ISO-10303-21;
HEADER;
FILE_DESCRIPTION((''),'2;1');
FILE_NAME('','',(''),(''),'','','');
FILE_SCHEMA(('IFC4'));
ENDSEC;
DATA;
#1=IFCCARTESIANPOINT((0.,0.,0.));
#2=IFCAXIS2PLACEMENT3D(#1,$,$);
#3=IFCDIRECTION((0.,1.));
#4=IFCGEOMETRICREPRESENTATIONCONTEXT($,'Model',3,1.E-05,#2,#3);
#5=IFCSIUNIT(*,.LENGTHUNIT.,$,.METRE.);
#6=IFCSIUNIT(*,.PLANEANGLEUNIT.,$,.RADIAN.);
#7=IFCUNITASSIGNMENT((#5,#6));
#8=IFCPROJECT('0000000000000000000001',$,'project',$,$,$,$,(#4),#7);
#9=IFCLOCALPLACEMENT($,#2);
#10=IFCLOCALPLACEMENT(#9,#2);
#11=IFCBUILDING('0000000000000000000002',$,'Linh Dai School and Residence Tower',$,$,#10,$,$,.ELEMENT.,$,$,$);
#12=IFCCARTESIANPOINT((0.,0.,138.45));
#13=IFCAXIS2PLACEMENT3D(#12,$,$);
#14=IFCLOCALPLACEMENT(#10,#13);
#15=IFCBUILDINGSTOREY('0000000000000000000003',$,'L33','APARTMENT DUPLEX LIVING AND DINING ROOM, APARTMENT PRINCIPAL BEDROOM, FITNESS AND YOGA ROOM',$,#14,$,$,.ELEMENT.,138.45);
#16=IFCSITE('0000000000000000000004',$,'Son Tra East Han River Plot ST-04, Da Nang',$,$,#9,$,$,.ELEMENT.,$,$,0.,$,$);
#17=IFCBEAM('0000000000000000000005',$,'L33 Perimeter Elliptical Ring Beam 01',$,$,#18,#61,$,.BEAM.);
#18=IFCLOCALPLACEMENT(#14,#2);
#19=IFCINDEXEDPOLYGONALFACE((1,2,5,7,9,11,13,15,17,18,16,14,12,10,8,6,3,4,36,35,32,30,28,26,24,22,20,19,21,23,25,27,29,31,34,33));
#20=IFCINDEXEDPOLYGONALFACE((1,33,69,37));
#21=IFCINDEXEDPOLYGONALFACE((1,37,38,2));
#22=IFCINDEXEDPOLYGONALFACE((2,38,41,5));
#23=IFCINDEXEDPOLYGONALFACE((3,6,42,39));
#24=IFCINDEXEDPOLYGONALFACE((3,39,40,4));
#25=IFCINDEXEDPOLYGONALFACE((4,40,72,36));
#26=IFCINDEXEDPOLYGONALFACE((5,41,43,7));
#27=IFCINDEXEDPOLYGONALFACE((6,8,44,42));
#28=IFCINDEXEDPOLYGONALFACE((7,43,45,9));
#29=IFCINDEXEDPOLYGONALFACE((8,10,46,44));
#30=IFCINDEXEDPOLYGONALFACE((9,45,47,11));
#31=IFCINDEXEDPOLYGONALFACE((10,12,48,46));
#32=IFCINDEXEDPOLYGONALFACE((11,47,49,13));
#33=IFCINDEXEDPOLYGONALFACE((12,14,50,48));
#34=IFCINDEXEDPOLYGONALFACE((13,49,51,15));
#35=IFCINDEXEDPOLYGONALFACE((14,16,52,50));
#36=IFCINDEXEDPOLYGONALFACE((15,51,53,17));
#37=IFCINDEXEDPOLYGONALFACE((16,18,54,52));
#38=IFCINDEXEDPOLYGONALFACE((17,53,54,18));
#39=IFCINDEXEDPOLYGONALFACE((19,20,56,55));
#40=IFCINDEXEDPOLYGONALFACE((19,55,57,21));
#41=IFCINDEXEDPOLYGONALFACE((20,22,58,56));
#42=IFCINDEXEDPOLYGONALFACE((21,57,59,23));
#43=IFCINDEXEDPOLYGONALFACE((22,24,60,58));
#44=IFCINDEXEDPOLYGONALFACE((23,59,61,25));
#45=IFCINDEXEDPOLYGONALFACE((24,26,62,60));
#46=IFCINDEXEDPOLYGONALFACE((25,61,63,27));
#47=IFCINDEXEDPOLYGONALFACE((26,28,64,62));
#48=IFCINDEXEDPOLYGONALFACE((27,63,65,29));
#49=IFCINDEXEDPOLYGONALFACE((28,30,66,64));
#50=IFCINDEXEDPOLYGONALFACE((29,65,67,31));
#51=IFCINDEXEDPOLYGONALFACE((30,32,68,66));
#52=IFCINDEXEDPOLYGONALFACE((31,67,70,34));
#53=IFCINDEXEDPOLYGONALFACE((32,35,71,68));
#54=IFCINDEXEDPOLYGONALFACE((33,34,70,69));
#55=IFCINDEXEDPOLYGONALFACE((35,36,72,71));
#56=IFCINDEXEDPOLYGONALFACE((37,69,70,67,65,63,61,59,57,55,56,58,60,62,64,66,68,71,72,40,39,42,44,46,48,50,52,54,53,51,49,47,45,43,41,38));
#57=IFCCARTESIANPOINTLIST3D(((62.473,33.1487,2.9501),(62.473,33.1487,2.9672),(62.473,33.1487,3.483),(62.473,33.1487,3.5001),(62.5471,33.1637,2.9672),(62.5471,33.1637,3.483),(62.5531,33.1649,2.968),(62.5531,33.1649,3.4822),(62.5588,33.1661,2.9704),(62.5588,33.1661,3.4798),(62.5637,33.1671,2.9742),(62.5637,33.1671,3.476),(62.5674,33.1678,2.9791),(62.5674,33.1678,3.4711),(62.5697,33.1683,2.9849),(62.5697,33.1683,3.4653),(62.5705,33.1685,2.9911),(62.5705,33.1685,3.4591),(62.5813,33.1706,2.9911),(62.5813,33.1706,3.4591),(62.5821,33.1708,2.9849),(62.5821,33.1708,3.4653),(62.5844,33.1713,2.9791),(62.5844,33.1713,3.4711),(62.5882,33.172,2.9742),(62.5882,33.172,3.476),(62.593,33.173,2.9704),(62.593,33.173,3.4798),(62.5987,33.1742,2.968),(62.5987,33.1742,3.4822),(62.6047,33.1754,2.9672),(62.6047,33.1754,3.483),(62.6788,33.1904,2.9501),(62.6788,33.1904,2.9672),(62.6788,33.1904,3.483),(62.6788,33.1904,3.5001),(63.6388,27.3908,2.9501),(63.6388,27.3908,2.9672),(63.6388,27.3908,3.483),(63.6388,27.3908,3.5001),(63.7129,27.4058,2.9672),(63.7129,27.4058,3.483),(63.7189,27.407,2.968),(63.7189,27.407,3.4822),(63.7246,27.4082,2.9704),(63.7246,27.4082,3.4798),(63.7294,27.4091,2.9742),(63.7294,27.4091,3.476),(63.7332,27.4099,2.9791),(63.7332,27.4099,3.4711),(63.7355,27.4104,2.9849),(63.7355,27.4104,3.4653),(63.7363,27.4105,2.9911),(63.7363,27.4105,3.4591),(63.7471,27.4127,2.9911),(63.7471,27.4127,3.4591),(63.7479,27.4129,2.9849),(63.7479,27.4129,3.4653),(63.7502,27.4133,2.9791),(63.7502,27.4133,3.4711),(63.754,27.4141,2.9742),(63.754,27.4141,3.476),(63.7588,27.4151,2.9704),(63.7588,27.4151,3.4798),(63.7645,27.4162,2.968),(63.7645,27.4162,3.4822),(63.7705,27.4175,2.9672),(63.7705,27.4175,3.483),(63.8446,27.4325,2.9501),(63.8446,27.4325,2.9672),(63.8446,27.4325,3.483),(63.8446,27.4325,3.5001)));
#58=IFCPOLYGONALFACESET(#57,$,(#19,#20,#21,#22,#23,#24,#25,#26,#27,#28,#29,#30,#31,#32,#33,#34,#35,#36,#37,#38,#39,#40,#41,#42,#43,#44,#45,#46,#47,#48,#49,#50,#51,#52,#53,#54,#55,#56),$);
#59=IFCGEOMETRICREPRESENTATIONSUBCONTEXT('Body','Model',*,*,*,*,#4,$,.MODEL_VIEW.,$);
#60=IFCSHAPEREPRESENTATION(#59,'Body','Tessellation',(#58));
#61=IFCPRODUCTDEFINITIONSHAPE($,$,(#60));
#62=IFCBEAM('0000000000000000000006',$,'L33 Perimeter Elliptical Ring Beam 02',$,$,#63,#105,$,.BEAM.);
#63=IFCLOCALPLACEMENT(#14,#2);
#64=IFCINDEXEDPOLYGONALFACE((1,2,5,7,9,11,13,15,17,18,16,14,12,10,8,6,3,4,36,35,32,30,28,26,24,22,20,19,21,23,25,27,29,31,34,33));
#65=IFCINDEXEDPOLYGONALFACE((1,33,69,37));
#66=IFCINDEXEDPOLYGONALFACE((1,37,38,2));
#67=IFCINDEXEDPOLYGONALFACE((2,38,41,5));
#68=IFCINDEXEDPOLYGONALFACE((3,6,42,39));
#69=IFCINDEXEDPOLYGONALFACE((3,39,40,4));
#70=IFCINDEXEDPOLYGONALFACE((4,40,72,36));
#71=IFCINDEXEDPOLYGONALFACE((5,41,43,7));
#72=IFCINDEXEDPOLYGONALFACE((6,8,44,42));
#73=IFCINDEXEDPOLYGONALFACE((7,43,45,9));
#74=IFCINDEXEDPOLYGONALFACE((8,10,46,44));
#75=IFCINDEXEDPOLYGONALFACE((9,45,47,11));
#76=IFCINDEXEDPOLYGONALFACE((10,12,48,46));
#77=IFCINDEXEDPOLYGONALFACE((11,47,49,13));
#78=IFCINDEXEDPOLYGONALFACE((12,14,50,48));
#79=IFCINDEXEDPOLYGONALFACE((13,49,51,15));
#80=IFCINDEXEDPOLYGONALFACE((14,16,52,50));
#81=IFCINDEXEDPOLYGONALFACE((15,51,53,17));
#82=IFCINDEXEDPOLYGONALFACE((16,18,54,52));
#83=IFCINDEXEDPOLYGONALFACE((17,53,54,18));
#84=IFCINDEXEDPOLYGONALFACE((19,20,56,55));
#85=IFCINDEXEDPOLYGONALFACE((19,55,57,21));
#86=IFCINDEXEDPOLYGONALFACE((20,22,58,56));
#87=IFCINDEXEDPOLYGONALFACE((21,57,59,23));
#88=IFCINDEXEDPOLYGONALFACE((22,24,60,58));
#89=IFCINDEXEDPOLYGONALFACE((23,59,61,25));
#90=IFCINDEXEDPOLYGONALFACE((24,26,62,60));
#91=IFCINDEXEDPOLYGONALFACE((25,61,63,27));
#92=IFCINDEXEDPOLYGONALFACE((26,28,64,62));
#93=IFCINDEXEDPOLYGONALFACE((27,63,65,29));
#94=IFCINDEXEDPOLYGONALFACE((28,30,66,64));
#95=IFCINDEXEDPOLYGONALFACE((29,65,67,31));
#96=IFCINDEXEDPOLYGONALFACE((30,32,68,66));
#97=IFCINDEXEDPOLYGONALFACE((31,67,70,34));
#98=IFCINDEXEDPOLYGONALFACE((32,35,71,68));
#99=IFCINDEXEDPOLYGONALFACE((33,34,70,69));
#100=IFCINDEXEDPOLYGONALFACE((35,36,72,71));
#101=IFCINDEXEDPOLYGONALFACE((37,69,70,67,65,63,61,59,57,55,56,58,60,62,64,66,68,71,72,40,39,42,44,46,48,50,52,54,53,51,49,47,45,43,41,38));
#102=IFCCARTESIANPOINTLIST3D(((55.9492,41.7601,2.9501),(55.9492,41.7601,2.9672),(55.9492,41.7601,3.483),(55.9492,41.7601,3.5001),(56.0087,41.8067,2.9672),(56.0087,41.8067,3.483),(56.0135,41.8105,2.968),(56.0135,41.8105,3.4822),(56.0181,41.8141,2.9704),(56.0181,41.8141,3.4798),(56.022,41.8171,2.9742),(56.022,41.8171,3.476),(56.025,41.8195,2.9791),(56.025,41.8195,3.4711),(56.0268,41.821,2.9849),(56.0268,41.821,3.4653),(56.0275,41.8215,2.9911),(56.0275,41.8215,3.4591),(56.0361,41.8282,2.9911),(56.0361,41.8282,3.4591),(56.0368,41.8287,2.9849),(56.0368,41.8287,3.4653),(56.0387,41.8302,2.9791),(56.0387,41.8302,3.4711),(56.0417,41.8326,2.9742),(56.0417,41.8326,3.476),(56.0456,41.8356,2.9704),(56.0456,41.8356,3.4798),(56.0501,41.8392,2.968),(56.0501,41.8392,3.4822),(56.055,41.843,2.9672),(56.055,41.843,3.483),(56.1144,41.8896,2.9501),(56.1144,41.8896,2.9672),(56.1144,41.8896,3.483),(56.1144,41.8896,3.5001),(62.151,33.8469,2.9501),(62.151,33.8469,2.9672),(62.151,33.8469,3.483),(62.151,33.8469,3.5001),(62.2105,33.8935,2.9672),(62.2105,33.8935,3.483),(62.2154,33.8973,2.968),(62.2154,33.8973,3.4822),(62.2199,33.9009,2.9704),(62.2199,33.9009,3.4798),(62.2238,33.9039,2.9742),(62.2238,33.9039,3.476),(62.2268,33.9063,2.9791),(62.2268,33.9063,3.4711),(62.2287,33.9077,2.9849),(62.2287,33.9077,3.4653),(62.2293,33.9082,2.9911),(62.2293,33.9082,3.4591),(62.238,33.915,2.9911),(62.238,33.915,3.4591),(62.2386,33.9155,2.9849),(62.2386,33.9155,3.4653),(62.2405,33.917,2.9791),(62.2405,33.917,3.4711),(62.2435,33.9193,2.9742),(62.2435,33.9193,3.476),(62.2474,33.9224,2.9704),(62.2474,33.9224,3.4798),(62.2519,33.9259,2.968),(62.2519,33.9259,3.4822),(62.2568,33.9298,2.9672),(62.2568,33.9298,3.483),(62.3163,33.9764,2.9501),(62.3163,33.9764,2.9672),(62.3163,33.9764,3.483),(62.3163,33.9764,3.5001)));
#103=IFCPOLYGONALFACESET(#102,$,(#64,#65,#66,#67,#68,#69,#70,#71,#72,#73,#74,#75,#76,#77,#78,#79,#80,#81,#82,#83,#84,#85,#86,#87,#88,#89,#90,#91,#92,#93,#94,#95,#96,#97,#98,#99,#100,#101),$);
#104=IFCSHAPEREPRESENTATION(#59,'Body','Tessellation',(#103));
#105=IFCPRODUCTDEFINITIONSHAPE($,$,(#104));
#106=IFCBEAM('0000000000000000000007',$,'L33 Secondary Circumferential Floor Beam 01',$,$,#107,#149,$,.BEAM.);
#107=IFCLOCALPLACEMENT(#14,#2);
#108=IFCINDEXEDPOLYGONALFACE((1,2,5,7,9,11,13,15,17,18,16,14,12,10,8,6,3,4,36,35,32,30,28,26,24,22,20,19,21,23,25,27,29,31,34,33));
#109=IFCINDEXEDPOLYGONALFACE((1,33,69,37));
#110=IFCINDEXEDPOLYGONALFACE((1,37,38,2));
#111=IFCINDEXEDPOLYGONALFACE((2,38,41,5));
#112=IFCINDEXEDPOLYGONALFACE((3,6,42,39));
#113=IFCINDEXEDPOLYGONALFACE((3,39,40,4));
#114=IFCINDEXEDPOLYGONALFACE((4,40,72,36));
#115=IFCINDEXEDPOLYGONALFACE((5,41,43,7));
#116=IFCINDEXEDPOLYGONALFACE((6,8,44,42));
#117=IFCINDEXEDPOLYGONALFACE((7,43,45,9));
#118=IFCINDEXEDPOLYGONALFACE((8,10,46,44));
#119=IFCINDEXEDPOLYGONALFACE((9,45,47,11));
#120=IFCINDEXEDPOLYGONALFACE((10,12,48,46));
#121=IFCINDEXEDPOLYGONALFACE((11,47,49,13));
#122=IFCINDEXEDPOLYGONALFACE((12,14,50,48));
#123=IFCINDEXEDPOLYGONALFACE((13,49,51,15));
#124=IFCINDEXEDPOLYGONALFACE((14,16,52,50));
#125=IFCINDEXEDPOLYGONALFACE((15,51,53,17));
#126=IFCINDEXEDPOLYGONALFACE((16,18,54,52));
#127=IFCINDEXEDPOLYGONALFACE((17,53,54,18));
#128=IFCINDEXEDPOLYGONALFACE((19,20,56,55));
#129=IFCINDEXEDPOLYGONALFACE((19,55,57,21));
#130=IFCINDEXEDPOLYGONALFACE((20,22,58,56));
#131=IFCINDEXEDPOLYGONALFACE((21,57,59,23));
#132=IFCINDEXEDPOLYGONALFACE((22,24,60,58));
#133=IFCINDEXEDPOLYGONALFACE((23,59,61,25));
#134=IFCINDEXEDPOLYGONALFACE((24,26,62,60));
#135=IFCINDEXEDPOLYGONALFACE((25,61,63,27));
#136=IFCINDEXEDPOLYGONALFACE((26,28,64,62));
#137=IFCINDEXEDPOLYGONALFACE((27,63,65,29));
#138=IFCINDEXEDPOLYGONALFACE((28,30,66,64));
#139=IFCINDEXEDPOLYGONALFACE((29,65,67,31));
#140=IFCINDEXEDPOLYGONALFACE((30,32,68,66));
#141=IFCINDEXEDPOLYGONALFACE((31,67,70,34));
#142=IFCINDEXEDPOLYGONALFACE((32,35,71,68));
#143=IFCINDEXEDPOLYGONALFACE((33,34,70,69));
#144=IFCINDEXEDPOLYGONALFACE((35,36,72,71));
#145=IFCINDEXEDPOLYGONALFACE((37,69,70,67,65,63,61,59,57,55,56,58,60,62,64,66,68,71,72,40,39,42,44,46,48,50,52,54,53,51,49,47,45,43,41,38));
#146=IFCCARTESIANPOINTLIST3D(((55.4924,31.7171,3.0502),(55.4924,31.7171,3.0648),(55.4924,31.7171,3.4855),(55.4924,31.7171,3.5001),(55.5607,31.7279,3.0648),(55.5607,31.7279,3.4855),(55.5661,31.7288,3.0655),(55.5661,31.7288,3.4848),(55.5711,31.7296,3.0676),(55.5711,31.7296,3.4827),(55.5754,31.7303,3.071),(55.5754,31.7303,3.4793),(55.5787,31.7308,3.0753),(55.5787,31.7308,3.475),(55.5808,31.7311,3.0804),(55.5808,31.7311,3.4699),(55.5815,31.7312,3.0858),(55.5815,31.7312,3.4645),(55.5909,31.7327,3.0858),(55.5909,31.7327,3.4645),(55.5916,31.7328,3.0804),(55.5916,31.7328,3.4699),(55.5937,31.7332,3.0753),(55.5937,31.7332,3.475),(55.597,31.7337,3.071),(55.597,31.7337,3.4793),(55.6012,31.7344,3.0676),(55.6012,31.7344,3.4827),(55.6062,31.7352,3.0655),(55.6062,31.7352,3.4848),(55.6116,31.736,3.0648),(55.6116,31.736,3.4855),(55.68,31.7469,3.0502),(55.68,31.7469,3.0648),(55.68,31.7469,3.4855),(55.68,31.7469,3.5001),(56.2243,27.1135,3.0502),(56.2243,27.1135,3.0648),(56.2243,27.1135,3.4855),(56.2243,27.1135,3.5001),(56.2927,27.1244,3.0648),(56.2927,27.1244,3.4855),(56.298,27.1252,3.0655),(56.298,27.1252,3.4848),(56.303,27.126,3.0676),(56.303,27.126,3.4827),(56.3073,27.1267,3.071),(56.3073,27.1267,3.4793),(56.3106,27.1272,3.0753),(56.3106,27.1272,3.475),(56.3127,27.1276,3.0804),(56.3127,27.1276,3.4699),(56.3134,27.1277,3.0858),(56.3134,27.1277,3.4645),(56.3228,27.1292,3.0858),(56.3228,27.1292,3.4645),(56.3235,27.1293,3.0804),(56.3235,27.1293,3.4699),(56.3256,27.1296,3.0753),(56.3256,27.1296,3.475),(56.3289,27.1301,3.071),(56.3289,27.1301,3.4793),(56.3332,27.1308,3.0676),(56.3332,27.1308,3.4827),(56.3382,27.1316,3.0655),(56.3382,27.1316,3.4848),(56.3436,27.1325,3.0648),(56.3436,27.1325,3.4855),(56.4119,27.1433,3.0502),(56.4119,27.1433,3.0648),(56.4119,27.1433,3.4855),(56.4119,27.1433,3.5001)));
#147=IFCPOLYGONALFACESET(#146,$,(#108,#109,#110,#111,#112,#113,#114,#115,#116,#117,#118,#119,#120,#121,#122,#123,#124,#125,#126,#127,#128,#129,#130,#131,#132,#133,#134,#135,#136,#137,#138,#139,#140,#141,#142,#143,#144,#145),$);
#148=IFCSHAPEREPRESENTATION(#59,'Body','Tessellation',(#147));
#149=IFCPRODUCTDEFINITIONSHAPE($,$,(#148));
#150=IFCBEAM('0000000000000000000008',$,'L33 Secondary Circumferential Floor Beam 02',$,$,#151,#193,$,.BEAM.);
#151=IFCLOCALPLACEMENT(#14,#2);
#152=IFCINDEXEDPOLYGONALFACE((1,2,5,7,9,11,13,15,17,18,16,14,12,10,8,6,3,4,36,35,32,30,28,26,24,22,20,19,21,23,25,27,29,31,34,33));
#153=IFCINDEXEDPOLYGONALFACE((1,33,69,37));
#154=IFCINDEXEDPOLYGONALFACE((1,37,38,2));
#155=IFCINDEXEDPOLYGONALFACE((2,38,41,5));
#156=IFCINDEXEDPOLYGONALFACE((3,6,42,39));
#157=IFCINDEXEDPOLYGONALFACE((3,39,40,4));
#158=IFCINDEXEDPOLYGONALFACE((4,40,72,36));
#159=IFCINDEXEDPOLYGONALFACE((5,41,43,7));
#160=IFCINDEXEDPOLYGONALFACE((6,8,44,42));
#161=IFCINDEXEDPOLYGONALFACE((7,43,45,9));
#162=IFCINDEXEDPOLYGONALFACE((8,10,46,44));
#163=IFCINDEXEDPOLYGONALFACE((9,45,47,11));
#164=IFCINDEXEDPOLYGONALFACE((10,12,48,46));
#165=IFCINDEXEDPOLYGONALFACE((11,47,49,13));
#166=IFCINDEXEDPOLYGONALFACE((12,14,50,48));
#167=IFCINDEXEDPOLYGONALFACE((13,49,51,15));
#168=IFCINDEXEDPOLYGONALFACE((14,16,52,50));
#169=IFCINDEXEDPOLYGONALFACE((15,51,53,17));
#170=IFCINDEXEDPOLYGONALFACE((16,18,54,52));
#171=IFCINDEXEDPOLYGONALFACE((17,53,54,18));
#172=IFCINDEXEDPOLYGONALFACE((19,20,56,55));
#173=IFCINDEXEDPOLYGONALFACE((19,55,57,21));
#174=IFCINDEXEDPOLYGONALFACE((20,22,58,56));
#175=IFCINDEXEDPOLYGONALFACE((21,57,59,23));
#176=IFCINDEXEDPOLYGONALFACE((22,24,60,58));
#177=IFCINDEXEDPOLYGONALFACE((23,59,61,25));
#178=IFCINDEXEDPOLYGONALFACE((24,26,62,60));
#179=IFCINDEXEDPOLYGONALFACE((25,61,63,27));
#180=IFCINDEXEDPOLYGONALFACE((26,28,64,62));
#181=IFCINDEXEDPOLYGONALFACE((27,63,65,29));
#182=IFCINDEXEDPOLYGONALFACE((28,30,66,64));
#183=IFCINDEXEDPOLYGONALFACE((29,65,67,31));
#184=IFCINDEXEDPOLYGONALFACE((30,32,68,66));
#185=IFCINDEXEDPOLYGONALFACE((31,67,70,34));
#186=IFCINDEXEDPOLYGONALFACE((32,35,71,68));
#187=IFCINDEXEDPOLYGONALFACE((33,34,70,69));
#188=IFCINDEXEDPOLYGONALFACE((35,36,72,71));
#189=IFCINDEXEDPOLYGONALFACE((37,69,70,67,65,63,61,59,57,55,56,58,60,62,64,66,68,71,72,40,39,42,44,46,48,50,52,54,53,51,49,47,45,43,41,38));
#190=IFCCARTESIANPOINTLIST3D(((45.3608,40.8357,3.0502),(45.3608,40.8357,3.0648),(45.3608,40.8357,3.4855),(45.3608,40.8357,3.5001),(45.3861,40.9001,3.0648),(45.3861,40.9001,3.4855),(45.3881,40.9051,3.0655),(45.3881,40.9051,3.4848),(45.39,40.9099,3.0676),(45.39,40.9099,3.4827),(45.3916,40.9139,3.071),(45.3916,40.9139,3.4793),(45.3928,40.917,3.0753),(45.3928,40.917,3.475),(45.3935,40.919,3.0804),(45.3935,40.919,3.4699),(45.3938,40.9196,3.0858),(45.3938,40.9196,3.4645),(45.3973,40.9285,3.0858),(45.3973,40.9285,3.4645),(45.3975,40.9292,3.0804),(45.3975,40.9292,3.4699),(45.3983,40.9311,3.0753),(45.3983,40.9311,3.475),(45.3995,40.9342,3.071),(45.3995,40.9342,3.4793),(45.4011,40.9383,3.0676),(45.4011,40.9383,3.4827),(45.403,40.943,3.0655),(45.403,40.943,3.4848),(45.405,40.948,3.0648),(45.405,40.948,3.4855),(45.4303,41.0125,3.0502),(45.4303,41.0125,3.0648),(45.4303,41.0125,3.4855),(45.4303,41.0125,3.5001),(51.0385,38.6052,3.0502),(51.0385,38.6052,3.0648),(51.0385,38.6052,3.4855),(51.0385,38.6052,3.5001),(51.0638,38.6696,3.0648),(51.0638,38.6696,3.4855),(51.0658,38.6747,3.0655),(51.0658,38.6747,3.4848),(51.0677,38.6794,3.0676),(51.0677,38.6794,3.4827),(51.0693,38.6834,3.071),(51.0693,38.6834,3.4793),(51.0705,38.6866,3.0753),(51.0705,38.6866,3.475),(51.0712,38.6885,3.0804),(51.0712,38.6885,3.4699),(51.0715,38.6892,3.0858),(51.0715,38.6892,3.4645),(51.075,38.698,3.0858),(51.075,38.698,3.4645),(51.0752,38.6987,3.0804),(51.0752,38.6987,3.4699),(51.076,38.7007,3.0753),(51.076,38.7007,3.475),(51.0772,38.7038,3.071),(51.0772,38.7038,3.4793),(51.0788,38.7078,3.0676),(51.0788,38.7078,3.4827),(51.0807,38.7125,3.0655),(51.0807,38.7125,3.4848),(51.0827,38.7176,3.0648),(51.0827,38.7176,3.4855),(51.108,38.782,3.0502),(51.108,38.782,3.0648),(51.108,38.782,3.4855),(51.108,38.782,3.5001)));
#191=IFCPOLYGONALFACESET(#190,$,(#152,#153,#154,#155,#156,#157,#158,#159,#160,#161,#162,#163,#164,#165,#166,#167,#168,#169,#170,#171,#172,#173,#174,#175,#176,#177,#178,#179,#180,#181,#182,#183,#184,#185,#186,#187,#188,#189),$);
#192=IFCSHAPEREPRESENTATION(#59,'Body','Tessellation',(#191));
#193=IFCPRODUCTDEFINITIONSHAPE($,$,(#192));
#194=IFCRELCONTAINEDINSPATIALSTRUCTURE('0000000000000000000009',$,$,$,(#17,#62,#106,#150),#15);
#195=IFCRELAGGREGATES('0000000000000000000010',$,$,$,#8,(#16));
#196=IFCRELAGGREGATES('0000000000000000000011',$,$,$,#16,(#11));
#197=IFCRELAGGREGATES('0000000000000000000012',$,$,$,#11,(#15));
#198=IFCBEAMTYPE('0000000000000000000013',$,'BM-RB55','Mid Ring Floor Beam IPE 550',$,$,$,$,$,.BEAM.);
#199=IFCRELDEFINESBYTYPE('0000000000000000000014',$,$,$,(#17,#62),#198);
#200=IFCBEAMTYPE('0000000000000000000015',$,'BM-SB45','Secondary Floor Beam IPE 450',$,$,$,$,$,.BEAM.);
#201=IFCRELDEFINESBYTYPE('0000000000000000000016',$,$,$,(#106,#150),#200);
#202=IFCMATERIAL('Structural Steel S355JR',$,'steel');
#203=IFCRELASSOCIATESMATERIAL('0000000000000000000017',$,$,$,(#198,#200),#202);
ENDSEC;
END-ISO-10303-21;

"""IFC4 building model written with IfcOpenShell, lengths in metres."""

from ifc_helpers import new_model, si_unit, direction, frame, origin, origin_2d, place, context, subcontext, project, spatial, i_section, extrude, material, material_profile, profile_set, type_object, element, save


model = new_model("IFC4")

# Units and contexts
model_context = context("Model", 3, precision=1e-05, world=origin(), true_north=direction((0.0, 1.0)))
body_context = subcontext(model_context, "Body", "Model", "MODEL_VIEW")
ifc_project = project(units=[si_unit("LENGTHUNIT", "METRE"), si_unit("PLANEANGLEUNIT", "RADIAN")], contexts=[model_context])

# Site, building, storey
site_placement = place(None, origin())
site = spatial("IfcSite", under=ifc_project, at=site_placement, Name="Son Tra East Han River Plot ST-04, Da Nang", CompositionType="ELEMENT", RefElevation=0.0)
building_placement = place(site_placement, origin())
building = spatial("IfcBuilding", under=site, at=building_placement, Name="Linh Dai School and Residence Tower", CompositionType="ELEMENT")
storey_placement = place(building_placement, frame((0.0, 0.0, 138.45)))
storey = spatial("IfcBuildingStorey", under=building, at=storey_placement, Name="L33", Description="APARTMENT DUPLEX LIVING AND DINING ROOM, APARTMENT PRINCIPAL BEDROOM, FITNESS AND YOGA ROOM", CompositionType="ELEMENT", Elevation=138.45)

# Shared definitions
ifc_material_1 = material(Name="Structural Steel S355JR", Category="steel")

# Beams
ifc_material_profile_1 = material_profile(ifc_material_1, i_section(OverallWidth=0.21, OverallDepth=0.55, WebThickness=0.011, FlangeThickness=0.0171, FilletRadius=0.0239, at=origin_2d()), Name="IPE 550")
ifc_profile_set_1 = profile_set([ifc_material_profile_1], Name="Structural Steel S355JR")
beam_type_1 = type_object("IfcBeamType", Name="BM-RB55", Description="Mid Ring Floor Beam IPE 550", PredefinedType="BEAM", material=ifc_profile_set_1)
beam_1_placement = place(storey_placement, frame((63.7417, 27.4116, 3.2251), z_axis=(-0.198441, 0.980113, 0.0), x_axis=(-0.980113, -0.198441, 0.0)))
element("IfcBeam", 1, at=beam_1_placement, inside=storey, type_object=beam_type_1, Name="L33 Perimeter Elliptical Ring Beam 01", PredefinedType="BEAM", context=body_context, shape_type="SweptSolid", body=[
    extrude(i_section(OverallWidth=0.21, OverallDepth=0.55, WebThickness=0.011, FlangeThickness=0.0171, FilletRadius=0.0239, at=origin_2d()), origin(), (0.0, 0.0, 1.0), 5.8748),
])
beam_2_placement = place(storey_placement, frame((62.2336, 33.9116, 3.2251), z_axis=(-0.616855, 0.787077, 0.0), x_axis=(-0.787077, -0.616855, 0.0)))
element("IfcBeam", 2, at=beam_2_placement, inside=storey, type_object=beam_type_1, Name="L33 Perimeter Elliptical Ring Beam 02", PredefinedType="BEAM", context=body_context, shape_type="SweptSolid", body=[
    extrude(i_section(OverallWidth=0.21, OverallDepth=0.55, WebThickness=0.011, FlangeThickness=0.0171, FilletRadius=0.0239, at=origin_2d()), origin(), (0.0, 0.0, 1.0), 10.054),
])
ifc_material_profile_2 = material_profile(ifc_material_1, i_section(OverallWidth=0.1899, OverallDepth=0.45, WebThickness=0.0095, FlangeThickness=0.0146, FilletRadius=0.021, at=origin_2d()), Name="IPE 450")
ifc_profile_set_2 = profile_set([ifc_material_profile_2], Name="Structural Steel S355JR")
beam_type_2 = type_object("IfcBeamType", Name="BM-SB45", Description="Secondary Floor Beam IPE 450", PredefinedType="BEAM", material=ifc_profile_set_2)
beam_3_placement = place(storey_placement, frame((56.3181, 27.1284, 3.2751), z_axis=(-0.157022, 0.987595, 0.0), x_axis=(-0.987595, -0.157022, 0.0)))
element("IfcBeam", 3, at=beam_3_placement, inside=storey, type_object=beam_type_2, Name="L33 Secondary Circumferential Floor Beam 01", PredefinedType="BEAM", context=body_context, shape_type="SweptSolid", body=[
    extrude(i_section(OverallWidth=0.1899, OverallDepth=0.45, WebThickness=0.0095, FlangeThickness=0.0146, FilletRadius=0.021, at=origin_2d()), origin(), (0.0, 0.0, 1.0), 4.6614),
])
beam_4_placement = place(storey_placement, frame((51.0732, 38.6936, 3.2751), z_axis=(-0.930755, 0.365642, 0.0), x_axis=(-0.365642, -0.930755, 0.0)))
element("IfcBeam", 4, at=beam_4_placement, inside=storey, type_object=beam_type_2, Name="L33 Secondary Circumferential Floor Beam 02", PredefinedType="BEAM", context=body_context, shape_type="SweptSolid", body=[
    extrude(i_section(OverallWidth=0.1899, OverallDepth=0.45, WebThickness=0.0095, FlangeThickness=0.0146, FilletRadius=0.021, at=origin_2d()), origin(), (0.0, 0.0, 1.0), 6.1001),
])

save(model, "model.ifc")
